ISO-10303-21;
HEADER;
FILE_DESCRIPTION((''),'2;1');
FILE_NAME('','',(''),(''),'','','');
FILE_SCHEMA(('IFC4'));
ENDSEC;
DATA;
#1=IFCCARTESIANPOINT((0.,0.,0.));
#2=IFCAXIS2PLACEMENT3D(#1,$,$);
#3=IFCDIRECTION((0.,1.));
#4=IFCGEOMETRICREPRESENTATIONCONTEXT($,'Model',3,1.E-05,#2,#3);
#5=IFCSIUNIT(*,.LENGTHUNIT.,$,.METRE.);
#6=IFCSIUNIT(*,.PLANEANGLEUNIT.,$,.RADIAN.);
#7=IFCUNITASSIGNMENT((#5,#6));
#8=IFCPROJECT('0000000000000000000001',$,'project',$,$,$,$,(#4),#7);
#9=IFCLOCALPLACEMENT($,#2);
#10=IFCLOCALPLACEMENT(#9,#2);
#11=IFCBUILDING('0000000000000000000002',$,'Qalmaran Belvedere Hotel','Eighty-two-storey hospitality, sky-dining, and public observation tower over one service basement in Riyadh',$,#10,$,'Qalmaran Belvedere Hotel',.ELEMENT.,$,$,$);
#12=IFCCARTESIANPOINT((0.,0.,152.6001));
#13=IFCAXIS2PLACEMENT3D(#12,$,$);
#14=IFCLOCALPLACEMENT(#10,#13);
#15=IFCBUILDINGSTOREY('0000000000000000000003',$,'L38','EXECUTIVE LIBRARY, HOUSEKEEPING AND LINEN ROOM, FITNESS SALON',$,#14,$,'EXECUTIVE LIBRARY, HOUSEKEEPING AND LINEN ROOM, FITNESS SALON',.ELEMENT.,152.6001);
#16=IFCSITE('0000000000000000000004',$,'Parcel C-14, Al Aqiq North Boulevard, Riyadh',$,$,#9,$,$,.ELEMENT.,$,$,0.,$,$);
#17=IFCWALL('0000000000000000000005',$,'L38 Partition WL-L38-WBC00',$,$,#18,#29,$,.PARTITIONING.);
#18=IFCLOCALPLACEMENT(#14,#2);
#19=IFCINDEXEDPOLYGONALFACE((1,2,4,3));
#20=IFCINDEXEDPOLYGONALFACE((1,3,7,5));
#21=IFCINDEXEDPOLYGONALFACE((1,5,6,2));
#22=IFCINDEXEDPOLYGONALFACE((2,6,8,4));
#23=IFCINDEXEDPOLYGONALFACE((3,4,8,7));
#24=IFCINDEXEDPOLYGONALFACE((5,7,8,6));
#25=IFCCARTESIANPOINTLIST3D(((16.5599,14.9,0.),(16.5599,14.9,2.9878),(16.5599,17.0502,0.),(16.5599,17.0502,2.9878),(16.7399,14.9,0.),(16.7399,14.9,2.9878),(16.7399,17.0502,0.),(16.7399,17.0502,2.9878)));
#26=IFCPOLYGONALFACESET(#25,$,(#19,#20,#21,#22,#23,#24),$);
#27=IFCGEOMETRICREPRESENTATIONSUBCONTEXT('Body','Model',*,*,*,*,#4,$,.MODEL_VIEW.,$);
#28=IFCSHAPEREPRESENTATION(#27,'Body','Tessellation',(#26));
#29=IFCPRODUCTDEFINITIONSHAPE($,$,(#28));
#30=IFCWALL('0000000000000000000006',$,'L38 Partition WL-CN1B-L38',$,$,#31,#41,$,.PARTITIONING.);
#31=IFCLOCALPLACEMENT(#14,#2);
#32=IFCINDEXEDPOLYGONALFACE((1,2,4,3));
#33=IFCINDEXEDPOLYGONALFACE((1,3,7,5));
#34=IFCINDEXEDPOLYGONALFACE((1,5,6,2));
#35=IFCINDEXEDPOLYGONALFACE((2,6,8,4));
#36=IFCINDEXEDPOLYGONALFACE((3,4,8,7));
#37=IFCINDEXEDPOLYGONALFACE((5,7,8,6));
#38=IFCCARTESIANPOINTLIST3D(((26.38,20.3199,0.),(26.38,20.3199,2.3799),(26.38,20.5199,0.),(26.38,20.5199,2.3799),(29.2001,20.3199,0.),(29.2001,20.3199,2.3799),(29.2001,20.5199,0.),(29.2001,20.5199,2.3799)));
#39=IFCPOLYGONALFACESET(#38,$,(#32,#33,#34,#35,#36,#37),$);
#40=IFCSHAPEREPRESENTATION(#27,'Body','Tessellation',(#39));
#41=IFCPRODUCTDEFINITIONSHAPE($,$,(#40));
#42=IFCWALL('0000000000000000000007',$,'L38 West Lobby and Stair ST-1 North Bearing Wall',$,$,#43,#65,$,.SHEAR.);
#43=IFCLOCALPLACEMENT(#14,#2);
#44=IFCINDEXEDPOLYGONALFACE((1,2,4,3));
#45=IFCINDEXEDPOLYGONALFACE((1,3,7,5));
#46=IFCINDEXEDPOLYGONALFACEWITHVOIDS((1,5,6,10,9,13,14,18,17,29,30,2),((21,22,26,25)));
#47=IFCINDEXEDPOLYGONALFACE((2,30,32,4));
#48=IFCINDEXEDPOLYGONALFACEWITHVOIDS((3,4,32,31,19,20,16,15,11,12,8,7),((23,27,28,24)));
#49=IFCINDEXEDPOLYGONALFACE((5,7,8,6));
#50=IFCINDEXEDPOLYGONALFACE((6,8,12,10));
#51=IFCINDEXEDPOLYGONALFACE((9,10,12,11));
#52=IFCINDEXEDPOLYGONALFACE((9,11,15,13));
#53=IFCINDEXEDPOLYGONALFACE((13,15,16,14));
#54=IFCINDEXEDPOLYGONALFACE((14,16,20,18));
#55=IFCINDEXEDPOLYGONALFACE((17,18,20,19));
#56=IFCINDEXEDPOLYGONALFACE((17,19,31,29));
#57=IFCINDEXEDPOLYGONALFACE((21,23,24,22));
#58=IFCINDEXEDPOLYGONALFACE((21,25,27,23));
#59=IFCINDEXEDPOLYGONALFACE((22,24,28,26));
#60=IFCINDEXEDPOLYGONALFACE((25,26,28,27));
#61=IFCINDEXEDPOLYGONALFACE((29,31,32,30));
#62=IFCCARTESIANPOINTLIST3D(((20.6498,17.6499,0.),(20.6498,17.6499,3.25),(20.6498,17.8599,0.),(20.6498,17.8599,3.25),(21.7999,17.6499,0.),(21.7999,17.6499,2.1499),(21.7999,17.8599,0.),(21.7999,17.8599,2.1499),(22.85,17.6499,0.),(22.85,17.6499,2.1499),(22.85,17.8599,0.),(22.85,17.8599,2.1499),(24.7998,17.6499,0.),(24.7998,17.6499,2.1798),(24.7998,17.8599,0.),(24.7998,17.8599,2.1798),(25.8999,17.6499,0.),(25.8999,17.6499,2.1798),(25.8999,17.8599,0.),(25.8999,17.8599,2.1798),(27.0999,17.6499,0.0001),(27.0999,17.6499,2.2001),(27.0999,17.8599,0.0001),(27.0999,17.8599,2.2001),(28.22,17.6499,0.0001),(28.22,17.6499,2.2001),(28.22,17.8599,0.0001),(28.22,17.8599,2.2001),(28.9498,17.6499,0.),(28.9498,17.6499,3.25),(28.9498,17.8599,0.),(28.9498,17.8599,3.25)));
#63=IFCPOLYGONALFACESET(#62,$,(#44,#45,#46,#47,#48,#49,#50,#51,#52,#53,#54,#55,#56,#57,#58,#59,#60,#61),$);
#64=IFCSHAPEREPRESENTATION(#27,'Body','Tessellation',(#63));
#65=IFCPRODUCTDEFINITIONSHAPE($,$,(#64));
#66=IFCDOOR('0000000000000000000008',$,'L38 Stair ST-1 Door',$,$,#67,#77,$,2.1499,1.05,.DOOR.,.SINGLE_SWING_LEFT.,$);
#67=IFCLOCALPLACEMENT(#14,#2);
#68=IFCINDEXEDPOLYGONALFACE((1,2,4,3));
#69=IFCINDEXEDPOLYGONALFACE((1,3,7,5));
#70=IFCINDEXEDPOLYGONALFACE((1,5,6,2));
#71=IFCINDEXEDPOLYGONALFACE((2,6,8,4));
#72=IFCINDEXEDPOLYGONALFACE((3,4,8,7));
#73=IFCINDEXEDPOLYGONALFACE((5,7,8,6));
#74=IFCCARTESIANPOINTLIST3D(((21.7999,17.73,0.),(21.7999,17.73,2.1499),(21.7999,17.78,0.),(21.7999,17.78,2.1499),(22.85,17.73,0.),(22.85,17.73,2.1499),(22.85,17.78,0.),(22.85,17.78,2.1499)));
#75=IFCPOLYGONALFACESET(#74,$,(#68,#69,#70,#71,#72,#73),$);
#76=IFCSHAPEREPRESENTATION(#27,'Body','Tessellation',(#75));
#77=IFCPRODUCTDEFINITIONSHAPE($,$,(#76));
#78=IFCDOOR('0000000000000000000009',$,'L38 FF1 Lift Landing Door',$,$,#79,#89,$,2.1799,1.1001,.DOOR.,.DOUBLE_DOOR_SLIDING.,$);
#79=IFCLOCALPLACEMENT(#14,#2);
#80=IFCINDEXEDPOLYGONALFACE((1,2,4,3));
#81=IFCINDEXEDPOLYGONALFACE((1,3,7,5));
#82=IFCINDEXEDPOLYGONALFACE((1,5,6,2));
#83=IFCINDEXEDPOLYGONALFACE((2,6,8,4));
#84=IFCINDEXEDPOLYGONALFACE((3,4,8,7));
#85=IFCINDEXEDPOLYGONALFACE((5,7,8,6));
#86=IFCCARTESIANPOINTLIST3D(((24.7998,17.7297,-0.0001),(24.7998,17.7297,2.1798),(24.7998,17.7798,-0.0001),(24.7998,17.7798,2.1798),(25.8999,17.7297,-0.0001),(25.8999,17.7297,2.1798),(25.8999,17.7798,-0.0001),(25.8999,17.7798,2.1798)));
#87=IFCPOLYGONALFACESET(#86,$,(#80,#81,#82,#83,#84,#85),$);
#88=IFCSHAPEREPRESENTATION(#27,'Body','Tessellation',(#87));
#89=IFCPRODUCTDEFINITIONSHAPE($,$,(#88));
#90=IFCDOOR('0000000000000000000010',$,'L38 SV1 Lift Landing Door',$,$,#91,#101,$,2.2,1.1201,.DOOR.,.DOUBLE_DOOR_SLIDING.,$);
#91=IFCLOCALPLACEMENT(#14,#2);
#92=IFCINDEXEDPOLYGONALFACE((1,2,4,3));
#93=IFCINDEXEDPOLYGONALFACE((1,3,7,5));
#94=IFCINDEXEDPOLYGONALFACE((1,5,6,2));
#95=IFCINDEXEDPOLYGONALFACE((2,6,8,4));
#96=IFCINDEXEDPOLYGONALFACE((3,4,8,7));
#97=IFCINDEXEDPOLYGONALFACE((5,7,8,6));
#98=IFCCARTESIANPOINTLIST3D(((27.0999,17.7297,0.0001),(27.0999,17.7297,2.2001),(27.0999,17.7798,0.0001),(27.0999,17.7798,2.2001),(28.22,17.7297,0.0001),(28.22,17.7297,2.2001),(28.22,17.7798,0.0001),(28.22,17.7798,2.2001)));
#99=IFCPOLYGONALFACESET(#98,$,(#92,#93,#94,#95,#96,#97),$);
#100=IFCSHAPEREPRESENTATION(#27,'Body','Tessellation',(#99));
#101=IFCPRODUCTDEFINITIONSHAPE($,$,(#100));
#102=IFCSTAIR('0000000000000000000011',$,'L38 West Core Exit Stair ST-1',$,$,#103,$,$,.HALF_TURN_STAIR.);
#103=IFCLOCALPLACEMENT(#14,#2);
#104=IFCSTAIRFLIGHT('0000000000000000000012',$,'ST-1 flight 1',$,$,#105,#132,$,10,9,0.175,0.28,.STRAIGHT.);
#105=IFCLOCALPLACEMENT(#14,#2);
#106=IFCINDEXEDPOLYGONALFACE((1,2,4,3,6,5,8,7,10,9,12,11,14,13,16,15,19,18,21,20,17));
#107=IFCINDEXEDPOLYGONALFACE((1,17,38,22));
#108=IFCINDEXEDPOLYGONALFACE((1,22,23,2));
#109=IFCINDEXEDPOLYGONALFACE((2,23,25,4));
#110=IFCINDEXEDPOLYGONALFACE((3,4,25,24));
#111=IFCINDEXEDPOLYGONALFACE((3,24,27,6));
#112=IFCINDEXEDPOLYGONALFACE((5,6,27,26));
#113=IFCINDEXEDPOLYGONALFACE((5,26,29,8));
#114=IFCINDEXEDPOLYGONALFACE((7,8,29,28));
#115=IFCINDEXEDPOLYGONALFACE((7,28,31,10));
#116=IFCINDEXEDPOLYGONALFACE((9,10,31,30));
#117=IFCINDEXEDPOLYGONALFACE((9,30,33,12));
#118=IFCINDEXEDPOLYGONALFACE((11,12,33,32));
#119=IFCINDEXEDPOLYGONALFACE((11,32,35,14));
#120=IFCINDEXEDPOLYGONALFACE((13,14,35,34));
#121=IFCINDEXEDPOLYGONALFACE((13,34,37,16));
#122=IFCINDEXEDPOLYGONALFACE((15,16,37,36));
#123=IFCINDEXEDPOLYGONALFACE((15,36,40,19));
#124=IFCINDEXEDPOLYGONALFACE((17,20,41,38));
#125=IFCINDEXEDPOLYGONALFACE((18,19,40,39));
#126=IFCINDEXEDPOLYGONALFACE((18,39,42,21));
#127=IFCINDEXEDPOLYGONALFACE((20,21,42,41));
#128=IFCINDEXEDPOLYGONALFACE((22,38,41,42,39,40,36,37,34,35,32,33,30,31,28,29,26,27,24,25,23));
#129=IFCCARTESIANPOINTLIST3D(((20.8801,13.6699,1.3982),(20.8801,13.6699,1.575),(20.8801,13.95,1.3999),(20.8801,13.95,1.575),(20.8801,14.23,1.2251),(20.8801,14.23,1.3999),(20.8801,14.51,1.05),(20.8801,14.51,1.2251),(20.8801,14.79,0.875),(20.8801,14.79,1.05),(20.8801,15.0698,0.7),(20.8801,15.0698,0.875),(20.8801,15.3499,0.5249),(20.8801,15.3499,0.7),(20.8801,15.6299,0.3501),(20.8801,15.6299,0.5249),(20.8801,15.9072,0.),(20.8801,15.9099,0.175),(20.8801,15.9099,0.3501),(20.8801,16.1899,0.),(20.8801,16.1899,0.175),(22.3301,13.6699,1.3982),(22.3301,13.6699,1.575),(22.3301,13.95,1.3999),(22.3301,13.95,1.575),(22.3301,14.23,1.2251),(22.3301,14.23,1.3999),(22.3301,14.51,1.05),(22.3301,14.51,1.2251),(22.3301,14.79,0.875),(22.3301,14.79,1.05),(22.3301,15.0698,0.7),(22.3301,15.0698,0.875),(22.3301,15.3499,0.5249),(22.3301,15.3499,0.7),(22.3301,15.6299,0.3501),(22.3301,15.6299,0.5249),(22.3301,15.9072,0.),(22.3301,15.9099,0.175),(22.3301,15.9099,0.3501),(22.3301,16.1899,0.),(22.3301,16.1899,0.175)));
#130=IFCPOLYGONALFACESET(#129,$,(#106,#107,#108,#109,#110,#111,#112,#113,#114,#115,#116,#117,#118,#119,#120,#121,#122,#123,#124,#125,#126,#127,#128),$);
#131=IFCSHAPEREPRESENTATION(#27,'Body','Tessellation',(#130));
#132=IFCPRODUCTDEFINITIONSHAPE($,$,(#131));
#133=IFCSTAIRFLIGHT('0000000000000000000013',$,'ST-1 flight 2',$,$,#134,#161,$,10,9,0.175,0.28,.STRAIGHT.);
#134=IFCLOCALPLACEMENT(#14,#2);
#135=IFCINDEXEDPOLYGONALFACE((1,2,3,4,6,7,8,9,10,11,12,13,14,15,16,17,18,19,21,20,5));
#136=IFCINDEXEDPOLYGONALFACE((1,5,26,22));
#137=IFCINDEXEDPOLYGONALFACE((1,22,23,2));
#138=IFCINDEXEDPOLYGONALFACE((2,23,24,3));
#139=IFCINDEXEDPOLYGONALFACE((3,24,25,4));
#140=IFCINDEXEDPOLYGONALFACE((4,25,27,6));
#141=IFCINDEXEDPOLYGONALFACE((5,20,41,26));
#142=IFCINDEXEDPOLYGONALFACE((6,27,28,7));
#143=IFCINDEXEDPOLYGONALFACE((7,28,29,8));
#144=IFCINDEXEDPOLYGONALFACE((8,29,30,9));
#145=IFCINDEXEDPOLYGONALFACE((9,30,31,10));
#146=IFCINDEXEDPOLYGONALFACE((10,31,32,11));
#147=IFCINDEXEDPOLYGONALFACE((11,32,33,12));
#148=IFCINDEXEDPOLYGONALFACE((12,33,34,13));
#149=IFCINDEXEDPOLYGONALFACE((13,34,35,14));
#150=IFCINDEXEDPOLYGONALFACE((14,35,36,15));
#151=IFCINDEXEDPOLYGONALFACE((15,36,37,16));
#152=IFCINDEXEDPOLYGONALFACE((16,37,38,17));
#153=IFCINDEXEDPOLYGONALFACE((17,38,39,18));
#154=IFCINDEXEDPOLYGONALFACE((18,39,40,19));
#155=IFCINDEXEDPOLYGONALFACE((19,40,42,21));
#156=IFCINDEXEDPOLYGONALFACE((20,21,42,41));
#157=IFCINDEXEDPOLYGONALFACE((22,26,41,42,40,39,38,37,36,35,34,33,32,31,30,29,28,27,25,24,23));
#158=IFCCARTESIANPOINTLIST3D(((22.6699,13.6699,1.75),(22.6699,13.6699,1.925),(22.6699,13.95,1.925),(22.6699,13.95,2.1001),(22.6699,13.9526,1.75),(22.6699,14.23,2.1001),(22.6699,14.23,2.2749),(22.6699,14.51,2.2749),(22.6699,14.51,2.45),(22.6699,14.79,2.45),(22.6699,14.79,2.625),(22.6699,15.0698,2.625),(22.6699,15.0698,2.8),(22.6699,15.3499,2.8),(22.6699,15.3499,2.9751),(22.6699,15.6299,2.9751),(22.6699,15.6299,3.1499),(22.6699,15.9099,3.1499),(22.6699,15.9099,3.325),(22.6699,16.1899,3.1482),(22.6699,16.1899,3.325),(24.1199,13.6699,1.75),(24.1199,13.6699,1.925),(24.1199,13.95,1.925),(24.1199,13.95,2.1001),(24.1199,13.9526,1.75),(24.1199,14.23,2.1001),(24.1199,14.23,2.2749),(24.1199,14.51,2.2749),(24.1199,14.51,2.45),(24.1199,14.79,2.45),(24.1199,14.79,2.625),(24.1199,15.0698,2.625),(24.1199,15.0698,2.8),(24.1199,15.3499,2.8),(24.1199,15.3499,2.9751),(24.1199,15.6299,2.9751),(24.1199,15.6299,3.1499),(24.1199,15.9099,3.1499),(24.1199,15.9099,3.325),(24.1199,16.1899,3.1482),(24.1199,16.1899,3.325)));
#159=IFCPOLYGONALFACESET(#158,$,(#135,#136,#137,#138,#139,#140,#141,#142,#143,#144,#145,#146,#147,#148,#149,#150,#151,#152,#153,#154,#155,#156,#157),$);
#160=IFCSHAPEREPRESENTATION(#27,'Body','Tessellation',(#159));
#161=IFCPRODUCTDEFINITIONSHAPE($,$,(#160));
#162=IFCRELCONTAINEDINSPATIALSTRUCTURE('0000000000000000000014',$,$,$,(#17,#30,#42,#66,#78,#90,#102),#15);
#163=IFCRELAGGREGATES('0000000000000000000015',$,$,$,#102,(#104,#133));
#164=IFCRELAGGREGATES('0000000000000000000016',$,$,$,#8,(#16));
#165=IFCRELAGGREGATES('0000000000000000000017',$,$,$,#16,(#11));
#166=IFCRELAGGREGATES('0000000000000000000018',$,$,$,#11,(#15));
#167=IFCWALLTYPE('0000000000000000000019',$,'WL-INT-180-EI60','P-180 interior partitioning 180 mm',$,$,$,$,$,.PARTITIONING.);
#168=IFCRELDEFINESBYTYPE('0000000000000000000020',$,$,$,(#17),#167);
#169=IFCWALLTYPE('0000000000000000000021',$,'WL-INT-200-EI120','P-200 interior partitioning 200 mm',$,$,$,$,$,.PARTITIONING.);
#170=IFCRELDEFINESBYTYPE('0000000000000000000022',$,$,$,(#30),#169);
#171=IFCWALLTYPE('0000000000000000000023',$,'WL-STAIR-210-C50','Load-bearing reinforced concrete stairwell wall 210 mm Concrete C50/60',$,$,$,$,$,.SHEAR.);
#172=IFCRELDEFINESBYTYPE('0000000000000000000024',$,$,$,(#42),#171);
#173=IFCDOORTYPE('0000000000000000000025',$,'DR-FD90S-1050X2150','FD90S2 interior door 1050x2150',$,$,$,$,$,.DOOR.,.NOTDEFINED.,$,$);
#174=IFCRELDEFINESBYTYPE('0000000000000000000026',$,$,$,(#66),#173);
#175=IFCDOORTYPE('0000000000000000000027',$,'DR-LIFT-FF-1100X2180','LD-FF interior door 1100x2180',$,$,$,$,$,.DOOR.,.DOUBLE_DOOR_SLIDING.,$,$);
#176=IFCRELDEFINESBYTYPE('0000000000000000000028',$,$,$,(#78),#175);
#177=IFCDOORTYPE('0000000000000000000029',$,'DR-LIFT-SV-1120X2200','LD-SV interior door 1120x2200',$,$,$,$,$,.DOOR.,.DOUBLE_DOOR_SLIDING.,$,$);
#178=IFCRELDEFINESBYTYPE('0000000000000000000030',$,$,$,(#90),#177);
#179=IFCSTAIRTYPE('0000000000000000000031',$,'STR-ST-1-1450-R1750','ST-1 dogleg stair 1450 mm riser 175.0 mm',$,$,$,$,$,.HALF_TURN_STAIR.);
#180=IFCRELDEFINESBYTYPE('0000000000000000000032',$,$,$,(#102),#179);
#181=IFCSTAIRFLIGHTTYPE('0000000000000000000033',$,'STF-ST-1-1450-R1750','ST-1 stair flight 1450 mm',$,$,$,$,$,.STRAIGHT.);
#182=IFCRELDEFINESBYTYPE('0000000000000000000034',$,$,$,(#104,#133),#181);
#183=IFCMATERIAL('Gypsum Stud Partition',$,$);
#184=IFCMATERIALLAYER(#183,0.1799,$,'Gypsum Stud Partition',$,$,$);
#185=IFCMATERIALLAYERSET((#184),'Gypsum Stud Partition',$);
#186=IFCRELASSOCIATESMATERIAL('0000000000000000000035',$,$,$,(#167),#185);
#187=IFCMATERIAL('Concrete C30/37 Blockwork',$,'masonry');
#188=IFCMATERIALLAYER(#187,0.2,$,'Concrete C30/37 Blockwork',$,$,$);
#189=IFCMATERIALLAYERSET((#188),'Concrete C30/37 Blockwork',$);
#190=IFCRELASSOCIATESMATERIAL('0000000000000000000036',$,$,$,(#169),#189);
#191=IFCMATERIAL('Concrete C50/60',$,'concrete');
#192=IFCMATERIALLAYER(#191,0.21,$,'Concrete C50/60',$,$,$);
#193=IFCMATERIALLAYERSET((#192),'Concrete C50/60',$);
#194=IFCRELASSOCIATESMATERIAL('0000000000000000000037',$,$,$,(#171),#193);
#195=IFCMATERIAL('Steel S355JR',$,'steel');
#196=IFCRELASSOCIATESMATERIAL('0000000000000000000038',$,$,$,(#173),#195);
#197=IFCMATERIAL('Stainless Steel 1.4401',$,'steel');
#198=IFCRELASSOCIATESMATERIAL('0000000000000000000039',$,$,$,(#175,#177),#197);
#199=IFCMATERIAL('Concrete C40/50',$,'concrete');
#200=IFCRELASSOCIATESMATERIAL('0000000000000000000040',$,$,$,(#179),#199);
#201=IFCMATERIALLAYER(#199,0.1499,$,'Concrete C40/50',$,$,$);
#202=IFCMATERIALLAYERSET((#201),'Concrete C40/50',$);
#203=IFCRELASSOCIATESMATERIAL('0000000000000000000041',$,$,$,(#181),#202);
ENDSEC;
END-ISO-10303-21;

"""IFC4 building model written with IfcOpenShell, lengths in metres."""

from ifc_helpers import new_model, si_unit, direction, frame, frame_2d, origin, place, context, subcontext, project, spatial, polyline, rectangle, outline, extrude, material, layer, layer_set, type_object, element, fill, aggregate, save


model = new_model("IFC4")

# Units and contexts
model_context = context("Model", 3, precision=1e-05, world=origin(), true_north=direction((0.0, 1.0)))
body_context = subcontext(model_context, "Body", "Model", "MODEL_VIEW")
ifc_project = project(units=[si_unit("LENGTHUNIT", "METRE"), si_unit("PLANEANGLEUNIT", "RADIAN")], contexts=[model_context])

# Site, building, storey
site_placement = place(None, origin())
site = spatial("IfcSite", under=ifc_project, at=site_placement, Name="Parcel C-14, Al Aqiq North Boulevard, Riyadh", CompositionType="ELEMENT", RefElevation=0.0)
building_placement = place(site_placement, origin())
building = spatial("IfcBuilding", under=site, at=building_placement, Name="Qalmaran Belvedere Hotel", Description="Eighty-two-storey hospitality, sky-dining, and public observation tower over one service basement in Riyadh", LongName="Qalmaran Belvedere Hotel", CompositionType="ELEMENT")
storey_placement = place(building_placement, frame((0.0, 0.0, 152.6001)))
storey = spatial("IfcBuildingStorey", under=building, at=storey_placement, Name="L38", Description="EXECUTIVE LIBRARY, HOUSEKEEPING AND LINEN ROOM, FITNESS SALON", LongName="EXECUTIVE LIBRARY, HOUSEKEEPING AND LINEN ROOM, FITNESS SALON", CompositionType="ELEMENT", Elevation=152.6001)

# Shared definitions
ifc_material_1 = material(Name="Gypsum Stud Partition")

# Shared definitions
ifc_material_2 = material(Name="Steel S355JR", Category="steel")

# Wall
ifc_layer_1 = layer(ifc_material_1, 0.1799, Name="Gypsum Stud Partition")
ifc_layer_set_1 = layer_set([ifc_layer_1], Name="Gypsum Stud Partition")
wall_type_1 = type_object("IfcWallType", Name="WL-INT-180-EI60", Description="P-180 interior partitioning 180 mm", PredefinedType="PARTITIONING", material=ifc_layer_set_1)
wall_1_placement = place(storey_placement, frame((16.6499, 14.8999, 0.0), z_axis=(0.0, 0.0, 1.0), x_axis=(0.0, 1.0, 0.0)))
element("IfcWall", 1, at=wall_1_placement, inside=storey, type_object=wall_type_1, Name="L38 Partition WL-L38-WBC00", PredefinedType="PARTITIONING", context=body_context, shape_type="SweptSolid", body=[
    extrude(rectangle(XDim=2.1501, YDim=0.1799, at=frame_2d((1.0752, 0.0))), origin(), (0.0, 0.0, 1.0), 2.9878),
])

# Shared definitions
ifc_material_3 = material(Name="Concrete C30/37 Blockwork", Category="masonry")
ifc_layer_2 = layer(ifc_material_3, 0.2, Name="Concrete C30/37 Blockwork")
ifc_layer_set_2 = layer_set([ifc_layer_2], Name="Concrete C30/37 Blockwork")
wall_type_2 = type_object("IfcWallType", Name="WL-INT-200-EI120", Description="P-200 interior partitioning 200 mm", PredefinedType="PARTITIONING", material=ifc_layer_set_2)

# Wall
wall_2_placement = place(storey_placement, frame((26.3799, 20.4199, 0.0), z_axis=(0.0, 0.0, 1.0), x_axis=(1.0, 0.0, 0.0)))
element("IfcWall", 2, at=wall_2_placement, inside=storey, type_object=wall_type_2, Name="L38 Partition WL-CN1B-L38", PredefinedType="PARTITIONING", context=body_context, shape_type="SweptSolid", body=[
    extrude(rectangle(XDim=2.8201, YDim=0.2, at=frame_2d((1.4102, 0.0))), origin(), (0.0, 0.0, 1.0), 2.3799),
])

# Wall, openings, doors
ifc_material_4 = material(Name="Concrete C50/60", Category="concrete")
ifc_layer_3 = layer(ifc_material_4, 0.21, Name="Concrete C50/60")
ifc_layer_set_3 = layer_set([ifc_layer_3], Name="Concrete C50/60")
wall_type_3 = type_object("IfcWallType", Name="WL-STAIR-210-C50", Description="Load-bearing reinforced concrete stairwell wall 210 mm Concrete C50/60", PredefinedType="SHEAR", material=ifc_layer_set_3)
wall_3_placement = place(storey_placement, frame((20.6499, 17.7549, 0.0), z_axis=(0.0, 0.0, 1.0), x_axis=(1.0, 0.0, 0.0)))
wall_3 = element("IfcWall", 3, at=wall_3_placement, inside=storey, type_object=wall_type_3, Name="L38 West Lobby and Stair ST-1 North Bearing Wall", PredefinedType="SHEAR", context=body_context, shape_type="SweptSolid", body=[
    extrude(rectangle(XDim=8.3, YDim=0.21, at=frame_2d((4.1499, 0.0))), origin(), (0.0, 0.0, 1.0), 3.25),
])
opening_1_placement = place(wall_3_placement, frame((2.2, 0.0, 0.0), z_axis=(0.0, 0.0, 1.0), x_axis=(-1.0, 0.0, 0.0)))
opening_1 = element("IfcOpeningElement", 4, at=opening_1_placement, cuts=wall_3, PredefinedType="OPENING", context=body_context, shape_type="SweptSolid", body=[
    extrude(rectangle(XDim=1.05, YDim=2.1499, at=frame_2d((0.5249, 1.075))), frame((0.0, 0.115, 0.0), z_axis=(0.0, -1.0, 0.0), x_axis=(1.0, 0.0, 0.0)), (0.0, 0.0, 1.0), 0.23),
])
opening_2_placement = place(wall_3_placement, frame((4.1499, 0.0, 0.0)))
opening_2 = element("IfcOpeningElement", 5, at=opening_2_placement, cuts=wall_3, PredefinedType="OPENING", context=body_context, shape_type="SweptSolid", body=[
    extrude(rectangle(XDim=1.1001, YDim=2.1799, at=frame_2d((0.55, 1.0898))), frame((0.0, 0.115, 0.0), z_axis=(0.0, -1.0, 0.0), x_axis=(1.0, 0.0, 0.0)), (0.0, 0.0, 1.0), 0.23),
])
opening_3_placement = place(wall_3_placement, frame((6.45, 0.0, 0.0)))
opening_3 = element("IfcOpeningElement", 6, at=opening_3_placement, cuts=wall_3, PredefinedType="OPENING", context=body_context, shape_type="SweptSolid", body=[
    extrude(rectangle(XDim=1.1201, YDim=2.2, at=frame_2d((0.5601, 1.1001))), frame((0.0, 0.115, 0.0), z_axis=(0.0, -1.0, 0.0), x_axis=(1.0, 0.0, 0.0)), (0.0, 0.0, 1.0), 0.23),
])
door_type_1 = type_object("IfcDoorType", Name="DR-FD90S-1050X2150", Description="FD90S2 interior door 1050x2150", OperationType="NOTDEFINED", PredefinedType="DOOR", material=ifc_material_2)
door_1_placement = place(opening_1_placement, origin())
door_1 = element("IfcDoor", 7, at=door_1_placement, inside=storey, type_object=door_type_1, Name="L38 Stair ST-1 Door", OperationType="SINGLE_SWING_LEFT", OverallHeight=2.1499, OverallWidth=1.05, PredefinedType="DOOR", context=body_context, shape_type="SweptSolid", body=[
    extrude(rectangle(XDim=1.05, YDim=2.1499, at=frame_2d((0.5249, 1.075))), frame((0.0, 0.0249, 0.0), z_axis=(0.0, -1.0, 0.0), x_axis=(1.0, 0.0, 0.0)), (0.0, 0.0, 1.0), 0.05),
])
fill(opening_1, door_1)
ifc_material_5 = material(Name="Stainless Steel 1.4401", Category="steel")
door_type_2 = type_object("IfcDoorType", Name="DR-LIFT-FF-1100X2180", Description="LD-FF interior door 1100x2180", OperationType="DOUBLE_DOOR_SLIDING", PredefinedType="DOOR", material=ifc_material_5)
door_2_placement = place(opening_2_placement, origin())
door_2 = element("IfcDoor", 8, at=door_2_placement, inside=storey, type_object=door_type_2, Name="L38 FF1 Lift Landing Door", OperationType="DOUBLE_DOOR_SLIDING", OverallHeight=2.1799, OverallWidth=1.1001, PredefinedType="DOOR", context=body_context, shape_type="SweptSolid", body=[
    extrude(rectangle(XDim=1.1001, YDim=2.1799, at=frame_2d((0.55, 1.0898))), frame((0.0, 0.0249, 0.0), z_axis=(0.0, -1.0, 0.0), x_axis=(1.0, 0.0, 0.0)), (0.0, 0.0, 1.0), 0.05),
])
fill(opening_2, door_2)
door_type_3 = type_object("IfcDoorType", Name="DR-LIFT-SV-1120X2200", Description="LD-SV interior door 1120x2200", OperationType="DOUBLE_DOOR_SLIDING", PredefinedType="DOOR", material=ifc_material_5)
door_3_placement = place(opening_3_placement, origin())
door_3 = element("IfcDoor", 9, at=door_3_placement, inside=storey, type_object=door_type_3, Name="L38 SV1 Lift Landing Door", OperationType="DOUBLE_DOOR_SLIDING", OverallHeight=2.2, OverallWidth=1.1201, PredefinedType="DOOR", context=body_context, shape_type="SweptSolid", body=[
    extrude(rectangle(XDim=1.1201, YDim=2.2, at=frame_2d((0.5601, 1.1001))), frame((0.0, 0.0249, 0.0), z_axis=(0.0, -1.0, 0.0), x_axis=(1.0, 0.0, 0.0)), (0.0, 0.0, 1.0), 0.05),
])
fill(opening_3, door_3)

# Stair, stair flights
ifc_material_6 = material(Name="Concrete C40/50", Category="concrete")
stair_type = type_object("IfcStairType", Name="STR-ST-1-1450-R1750", Description="ST-1 dogleg stair 1450 mm riser 175.0 mm", PredefinedType="HALF_TURN_STAIR", material=ifc_material_6)
stair_placement = place(storey_placement, origin())
stair = element("IfcStair", 10, at=stair_placement, inside=storey, type_object=stair_type, Name="L38 West Core Exit Stair ST-1", PredefinedType="HALF_TURN_STAIR")
ifc_layer_4 = layer(ifc_material_6, 0.1499, Name="Concrete C40/50")
ifc_layer_set_4 = layer_set([ifc_layer_4], Name="Concrete C40/50")
stair_flight_type = type_object("IfcStairFlightType", Name="STF-ST-1-1450-R1750", Description="ST-1 stair flight 1450 mm", PredefinedType="STRAIGHT", material=ifc_layer_set_4)
stair_flight_1_placement = place(storey_placement, frame((21.605, 16.1899, 0.0), z_axis=(0.0, 0.0, 1.0), x_axis=(0.0, -1.0, 0.0)))
stair_flight_1 = element("IfcStairFlight", 11, at=stair_flight_1_placement, type_object=stair_flight_type, Name="ST-1 flight 1", NumberOfRisers=10, NumberOfTreads=9, PredefinedType="STRAIGHT", RiserHeight=0.175, TreadLength=0.28, context=body_context, shape_type="SweptSolid", body=[
    extrude(outline(polyline([(0.0, 0.0), (0.0, 0.175), (0.28, 0.175), (0.28, 0.3501), (0.5601, 0.3501), (0.5601, 0.5249), (0.8401, 0.5249), (0.8401, 0.7), (1.1201, 0.7), (1.1201, 0.875), (1.3999, 0.875), (1.3999, 1.05), (1.6799, 1.05), (1.6799, 1.2251), (1.96, 1.2251), (1.96, 1.3999), (2.24, 1.3999), (2.24, 1.575), (2.52, 1.575), (2.52, 1.75), (2.52, 1.3982), (0.2827, 0.0), (0.0, 0.0)])), frame((0.0, 0.7251, 0.0), z_axis=(0.0, -1.0, 0.0), x_axis=(1.0, 0.0, 0.0)), (0.0, 0.0, 1.0), 1.45),
])
stair_flight_2_placement = place(storey_placement, frame((23.395, 13.6699, 1.75), z_axis=(0.0, 0.0, 1.0), x_axis=(0.0, 1.0, 0.0)))
stair_flight_2 = element("IfcStairFlight", 12, at=stair_flight_2_placement, type_object=stair_flight_type, Name="ST-1 flight 2", NumberOfRisers=10, NumberOfTreads=9, PredefinedType="STRAIGHT", RiserHeight=0.175, TreadLength=0.28, context=body_context, shape_type="SweptSolid", body=[
    extrude(outline(polyline([(0.0, 0.0), (0.0, 0.175), (0.28, 0.175), (0.28, 0.3501), (0.5601, 0.3501), (0.5601, 0.5249), (0.8401, 0.5249), (0.8401, 0.7), (1.1201, 0.7), (1.1201, 0.875), (1.3999, 0.875), (1.3999, 1.05), (1.6799, 1.05), (1.6799, 1.2251), (1.96, 1.2251), (1.96, 1.3999), (2.24, 1.3999), (2.24, 1.575), (2.52, 1.575), (2.52, 1.75), (2.52, 1.3982), (0.2827, 0.0), (0.0, 0.0)])), frame((0.0, 0.7251, 0.0), z_axis=(0.0, -1.0, 0.0), x_axis=(1.0, 0.0, 0.0)), (0.0, 0.0, 1.0), 1.45),
])
aggregate(stair, [stair_flight_1, stair_flight_2])

save(model, "model.ifc")
